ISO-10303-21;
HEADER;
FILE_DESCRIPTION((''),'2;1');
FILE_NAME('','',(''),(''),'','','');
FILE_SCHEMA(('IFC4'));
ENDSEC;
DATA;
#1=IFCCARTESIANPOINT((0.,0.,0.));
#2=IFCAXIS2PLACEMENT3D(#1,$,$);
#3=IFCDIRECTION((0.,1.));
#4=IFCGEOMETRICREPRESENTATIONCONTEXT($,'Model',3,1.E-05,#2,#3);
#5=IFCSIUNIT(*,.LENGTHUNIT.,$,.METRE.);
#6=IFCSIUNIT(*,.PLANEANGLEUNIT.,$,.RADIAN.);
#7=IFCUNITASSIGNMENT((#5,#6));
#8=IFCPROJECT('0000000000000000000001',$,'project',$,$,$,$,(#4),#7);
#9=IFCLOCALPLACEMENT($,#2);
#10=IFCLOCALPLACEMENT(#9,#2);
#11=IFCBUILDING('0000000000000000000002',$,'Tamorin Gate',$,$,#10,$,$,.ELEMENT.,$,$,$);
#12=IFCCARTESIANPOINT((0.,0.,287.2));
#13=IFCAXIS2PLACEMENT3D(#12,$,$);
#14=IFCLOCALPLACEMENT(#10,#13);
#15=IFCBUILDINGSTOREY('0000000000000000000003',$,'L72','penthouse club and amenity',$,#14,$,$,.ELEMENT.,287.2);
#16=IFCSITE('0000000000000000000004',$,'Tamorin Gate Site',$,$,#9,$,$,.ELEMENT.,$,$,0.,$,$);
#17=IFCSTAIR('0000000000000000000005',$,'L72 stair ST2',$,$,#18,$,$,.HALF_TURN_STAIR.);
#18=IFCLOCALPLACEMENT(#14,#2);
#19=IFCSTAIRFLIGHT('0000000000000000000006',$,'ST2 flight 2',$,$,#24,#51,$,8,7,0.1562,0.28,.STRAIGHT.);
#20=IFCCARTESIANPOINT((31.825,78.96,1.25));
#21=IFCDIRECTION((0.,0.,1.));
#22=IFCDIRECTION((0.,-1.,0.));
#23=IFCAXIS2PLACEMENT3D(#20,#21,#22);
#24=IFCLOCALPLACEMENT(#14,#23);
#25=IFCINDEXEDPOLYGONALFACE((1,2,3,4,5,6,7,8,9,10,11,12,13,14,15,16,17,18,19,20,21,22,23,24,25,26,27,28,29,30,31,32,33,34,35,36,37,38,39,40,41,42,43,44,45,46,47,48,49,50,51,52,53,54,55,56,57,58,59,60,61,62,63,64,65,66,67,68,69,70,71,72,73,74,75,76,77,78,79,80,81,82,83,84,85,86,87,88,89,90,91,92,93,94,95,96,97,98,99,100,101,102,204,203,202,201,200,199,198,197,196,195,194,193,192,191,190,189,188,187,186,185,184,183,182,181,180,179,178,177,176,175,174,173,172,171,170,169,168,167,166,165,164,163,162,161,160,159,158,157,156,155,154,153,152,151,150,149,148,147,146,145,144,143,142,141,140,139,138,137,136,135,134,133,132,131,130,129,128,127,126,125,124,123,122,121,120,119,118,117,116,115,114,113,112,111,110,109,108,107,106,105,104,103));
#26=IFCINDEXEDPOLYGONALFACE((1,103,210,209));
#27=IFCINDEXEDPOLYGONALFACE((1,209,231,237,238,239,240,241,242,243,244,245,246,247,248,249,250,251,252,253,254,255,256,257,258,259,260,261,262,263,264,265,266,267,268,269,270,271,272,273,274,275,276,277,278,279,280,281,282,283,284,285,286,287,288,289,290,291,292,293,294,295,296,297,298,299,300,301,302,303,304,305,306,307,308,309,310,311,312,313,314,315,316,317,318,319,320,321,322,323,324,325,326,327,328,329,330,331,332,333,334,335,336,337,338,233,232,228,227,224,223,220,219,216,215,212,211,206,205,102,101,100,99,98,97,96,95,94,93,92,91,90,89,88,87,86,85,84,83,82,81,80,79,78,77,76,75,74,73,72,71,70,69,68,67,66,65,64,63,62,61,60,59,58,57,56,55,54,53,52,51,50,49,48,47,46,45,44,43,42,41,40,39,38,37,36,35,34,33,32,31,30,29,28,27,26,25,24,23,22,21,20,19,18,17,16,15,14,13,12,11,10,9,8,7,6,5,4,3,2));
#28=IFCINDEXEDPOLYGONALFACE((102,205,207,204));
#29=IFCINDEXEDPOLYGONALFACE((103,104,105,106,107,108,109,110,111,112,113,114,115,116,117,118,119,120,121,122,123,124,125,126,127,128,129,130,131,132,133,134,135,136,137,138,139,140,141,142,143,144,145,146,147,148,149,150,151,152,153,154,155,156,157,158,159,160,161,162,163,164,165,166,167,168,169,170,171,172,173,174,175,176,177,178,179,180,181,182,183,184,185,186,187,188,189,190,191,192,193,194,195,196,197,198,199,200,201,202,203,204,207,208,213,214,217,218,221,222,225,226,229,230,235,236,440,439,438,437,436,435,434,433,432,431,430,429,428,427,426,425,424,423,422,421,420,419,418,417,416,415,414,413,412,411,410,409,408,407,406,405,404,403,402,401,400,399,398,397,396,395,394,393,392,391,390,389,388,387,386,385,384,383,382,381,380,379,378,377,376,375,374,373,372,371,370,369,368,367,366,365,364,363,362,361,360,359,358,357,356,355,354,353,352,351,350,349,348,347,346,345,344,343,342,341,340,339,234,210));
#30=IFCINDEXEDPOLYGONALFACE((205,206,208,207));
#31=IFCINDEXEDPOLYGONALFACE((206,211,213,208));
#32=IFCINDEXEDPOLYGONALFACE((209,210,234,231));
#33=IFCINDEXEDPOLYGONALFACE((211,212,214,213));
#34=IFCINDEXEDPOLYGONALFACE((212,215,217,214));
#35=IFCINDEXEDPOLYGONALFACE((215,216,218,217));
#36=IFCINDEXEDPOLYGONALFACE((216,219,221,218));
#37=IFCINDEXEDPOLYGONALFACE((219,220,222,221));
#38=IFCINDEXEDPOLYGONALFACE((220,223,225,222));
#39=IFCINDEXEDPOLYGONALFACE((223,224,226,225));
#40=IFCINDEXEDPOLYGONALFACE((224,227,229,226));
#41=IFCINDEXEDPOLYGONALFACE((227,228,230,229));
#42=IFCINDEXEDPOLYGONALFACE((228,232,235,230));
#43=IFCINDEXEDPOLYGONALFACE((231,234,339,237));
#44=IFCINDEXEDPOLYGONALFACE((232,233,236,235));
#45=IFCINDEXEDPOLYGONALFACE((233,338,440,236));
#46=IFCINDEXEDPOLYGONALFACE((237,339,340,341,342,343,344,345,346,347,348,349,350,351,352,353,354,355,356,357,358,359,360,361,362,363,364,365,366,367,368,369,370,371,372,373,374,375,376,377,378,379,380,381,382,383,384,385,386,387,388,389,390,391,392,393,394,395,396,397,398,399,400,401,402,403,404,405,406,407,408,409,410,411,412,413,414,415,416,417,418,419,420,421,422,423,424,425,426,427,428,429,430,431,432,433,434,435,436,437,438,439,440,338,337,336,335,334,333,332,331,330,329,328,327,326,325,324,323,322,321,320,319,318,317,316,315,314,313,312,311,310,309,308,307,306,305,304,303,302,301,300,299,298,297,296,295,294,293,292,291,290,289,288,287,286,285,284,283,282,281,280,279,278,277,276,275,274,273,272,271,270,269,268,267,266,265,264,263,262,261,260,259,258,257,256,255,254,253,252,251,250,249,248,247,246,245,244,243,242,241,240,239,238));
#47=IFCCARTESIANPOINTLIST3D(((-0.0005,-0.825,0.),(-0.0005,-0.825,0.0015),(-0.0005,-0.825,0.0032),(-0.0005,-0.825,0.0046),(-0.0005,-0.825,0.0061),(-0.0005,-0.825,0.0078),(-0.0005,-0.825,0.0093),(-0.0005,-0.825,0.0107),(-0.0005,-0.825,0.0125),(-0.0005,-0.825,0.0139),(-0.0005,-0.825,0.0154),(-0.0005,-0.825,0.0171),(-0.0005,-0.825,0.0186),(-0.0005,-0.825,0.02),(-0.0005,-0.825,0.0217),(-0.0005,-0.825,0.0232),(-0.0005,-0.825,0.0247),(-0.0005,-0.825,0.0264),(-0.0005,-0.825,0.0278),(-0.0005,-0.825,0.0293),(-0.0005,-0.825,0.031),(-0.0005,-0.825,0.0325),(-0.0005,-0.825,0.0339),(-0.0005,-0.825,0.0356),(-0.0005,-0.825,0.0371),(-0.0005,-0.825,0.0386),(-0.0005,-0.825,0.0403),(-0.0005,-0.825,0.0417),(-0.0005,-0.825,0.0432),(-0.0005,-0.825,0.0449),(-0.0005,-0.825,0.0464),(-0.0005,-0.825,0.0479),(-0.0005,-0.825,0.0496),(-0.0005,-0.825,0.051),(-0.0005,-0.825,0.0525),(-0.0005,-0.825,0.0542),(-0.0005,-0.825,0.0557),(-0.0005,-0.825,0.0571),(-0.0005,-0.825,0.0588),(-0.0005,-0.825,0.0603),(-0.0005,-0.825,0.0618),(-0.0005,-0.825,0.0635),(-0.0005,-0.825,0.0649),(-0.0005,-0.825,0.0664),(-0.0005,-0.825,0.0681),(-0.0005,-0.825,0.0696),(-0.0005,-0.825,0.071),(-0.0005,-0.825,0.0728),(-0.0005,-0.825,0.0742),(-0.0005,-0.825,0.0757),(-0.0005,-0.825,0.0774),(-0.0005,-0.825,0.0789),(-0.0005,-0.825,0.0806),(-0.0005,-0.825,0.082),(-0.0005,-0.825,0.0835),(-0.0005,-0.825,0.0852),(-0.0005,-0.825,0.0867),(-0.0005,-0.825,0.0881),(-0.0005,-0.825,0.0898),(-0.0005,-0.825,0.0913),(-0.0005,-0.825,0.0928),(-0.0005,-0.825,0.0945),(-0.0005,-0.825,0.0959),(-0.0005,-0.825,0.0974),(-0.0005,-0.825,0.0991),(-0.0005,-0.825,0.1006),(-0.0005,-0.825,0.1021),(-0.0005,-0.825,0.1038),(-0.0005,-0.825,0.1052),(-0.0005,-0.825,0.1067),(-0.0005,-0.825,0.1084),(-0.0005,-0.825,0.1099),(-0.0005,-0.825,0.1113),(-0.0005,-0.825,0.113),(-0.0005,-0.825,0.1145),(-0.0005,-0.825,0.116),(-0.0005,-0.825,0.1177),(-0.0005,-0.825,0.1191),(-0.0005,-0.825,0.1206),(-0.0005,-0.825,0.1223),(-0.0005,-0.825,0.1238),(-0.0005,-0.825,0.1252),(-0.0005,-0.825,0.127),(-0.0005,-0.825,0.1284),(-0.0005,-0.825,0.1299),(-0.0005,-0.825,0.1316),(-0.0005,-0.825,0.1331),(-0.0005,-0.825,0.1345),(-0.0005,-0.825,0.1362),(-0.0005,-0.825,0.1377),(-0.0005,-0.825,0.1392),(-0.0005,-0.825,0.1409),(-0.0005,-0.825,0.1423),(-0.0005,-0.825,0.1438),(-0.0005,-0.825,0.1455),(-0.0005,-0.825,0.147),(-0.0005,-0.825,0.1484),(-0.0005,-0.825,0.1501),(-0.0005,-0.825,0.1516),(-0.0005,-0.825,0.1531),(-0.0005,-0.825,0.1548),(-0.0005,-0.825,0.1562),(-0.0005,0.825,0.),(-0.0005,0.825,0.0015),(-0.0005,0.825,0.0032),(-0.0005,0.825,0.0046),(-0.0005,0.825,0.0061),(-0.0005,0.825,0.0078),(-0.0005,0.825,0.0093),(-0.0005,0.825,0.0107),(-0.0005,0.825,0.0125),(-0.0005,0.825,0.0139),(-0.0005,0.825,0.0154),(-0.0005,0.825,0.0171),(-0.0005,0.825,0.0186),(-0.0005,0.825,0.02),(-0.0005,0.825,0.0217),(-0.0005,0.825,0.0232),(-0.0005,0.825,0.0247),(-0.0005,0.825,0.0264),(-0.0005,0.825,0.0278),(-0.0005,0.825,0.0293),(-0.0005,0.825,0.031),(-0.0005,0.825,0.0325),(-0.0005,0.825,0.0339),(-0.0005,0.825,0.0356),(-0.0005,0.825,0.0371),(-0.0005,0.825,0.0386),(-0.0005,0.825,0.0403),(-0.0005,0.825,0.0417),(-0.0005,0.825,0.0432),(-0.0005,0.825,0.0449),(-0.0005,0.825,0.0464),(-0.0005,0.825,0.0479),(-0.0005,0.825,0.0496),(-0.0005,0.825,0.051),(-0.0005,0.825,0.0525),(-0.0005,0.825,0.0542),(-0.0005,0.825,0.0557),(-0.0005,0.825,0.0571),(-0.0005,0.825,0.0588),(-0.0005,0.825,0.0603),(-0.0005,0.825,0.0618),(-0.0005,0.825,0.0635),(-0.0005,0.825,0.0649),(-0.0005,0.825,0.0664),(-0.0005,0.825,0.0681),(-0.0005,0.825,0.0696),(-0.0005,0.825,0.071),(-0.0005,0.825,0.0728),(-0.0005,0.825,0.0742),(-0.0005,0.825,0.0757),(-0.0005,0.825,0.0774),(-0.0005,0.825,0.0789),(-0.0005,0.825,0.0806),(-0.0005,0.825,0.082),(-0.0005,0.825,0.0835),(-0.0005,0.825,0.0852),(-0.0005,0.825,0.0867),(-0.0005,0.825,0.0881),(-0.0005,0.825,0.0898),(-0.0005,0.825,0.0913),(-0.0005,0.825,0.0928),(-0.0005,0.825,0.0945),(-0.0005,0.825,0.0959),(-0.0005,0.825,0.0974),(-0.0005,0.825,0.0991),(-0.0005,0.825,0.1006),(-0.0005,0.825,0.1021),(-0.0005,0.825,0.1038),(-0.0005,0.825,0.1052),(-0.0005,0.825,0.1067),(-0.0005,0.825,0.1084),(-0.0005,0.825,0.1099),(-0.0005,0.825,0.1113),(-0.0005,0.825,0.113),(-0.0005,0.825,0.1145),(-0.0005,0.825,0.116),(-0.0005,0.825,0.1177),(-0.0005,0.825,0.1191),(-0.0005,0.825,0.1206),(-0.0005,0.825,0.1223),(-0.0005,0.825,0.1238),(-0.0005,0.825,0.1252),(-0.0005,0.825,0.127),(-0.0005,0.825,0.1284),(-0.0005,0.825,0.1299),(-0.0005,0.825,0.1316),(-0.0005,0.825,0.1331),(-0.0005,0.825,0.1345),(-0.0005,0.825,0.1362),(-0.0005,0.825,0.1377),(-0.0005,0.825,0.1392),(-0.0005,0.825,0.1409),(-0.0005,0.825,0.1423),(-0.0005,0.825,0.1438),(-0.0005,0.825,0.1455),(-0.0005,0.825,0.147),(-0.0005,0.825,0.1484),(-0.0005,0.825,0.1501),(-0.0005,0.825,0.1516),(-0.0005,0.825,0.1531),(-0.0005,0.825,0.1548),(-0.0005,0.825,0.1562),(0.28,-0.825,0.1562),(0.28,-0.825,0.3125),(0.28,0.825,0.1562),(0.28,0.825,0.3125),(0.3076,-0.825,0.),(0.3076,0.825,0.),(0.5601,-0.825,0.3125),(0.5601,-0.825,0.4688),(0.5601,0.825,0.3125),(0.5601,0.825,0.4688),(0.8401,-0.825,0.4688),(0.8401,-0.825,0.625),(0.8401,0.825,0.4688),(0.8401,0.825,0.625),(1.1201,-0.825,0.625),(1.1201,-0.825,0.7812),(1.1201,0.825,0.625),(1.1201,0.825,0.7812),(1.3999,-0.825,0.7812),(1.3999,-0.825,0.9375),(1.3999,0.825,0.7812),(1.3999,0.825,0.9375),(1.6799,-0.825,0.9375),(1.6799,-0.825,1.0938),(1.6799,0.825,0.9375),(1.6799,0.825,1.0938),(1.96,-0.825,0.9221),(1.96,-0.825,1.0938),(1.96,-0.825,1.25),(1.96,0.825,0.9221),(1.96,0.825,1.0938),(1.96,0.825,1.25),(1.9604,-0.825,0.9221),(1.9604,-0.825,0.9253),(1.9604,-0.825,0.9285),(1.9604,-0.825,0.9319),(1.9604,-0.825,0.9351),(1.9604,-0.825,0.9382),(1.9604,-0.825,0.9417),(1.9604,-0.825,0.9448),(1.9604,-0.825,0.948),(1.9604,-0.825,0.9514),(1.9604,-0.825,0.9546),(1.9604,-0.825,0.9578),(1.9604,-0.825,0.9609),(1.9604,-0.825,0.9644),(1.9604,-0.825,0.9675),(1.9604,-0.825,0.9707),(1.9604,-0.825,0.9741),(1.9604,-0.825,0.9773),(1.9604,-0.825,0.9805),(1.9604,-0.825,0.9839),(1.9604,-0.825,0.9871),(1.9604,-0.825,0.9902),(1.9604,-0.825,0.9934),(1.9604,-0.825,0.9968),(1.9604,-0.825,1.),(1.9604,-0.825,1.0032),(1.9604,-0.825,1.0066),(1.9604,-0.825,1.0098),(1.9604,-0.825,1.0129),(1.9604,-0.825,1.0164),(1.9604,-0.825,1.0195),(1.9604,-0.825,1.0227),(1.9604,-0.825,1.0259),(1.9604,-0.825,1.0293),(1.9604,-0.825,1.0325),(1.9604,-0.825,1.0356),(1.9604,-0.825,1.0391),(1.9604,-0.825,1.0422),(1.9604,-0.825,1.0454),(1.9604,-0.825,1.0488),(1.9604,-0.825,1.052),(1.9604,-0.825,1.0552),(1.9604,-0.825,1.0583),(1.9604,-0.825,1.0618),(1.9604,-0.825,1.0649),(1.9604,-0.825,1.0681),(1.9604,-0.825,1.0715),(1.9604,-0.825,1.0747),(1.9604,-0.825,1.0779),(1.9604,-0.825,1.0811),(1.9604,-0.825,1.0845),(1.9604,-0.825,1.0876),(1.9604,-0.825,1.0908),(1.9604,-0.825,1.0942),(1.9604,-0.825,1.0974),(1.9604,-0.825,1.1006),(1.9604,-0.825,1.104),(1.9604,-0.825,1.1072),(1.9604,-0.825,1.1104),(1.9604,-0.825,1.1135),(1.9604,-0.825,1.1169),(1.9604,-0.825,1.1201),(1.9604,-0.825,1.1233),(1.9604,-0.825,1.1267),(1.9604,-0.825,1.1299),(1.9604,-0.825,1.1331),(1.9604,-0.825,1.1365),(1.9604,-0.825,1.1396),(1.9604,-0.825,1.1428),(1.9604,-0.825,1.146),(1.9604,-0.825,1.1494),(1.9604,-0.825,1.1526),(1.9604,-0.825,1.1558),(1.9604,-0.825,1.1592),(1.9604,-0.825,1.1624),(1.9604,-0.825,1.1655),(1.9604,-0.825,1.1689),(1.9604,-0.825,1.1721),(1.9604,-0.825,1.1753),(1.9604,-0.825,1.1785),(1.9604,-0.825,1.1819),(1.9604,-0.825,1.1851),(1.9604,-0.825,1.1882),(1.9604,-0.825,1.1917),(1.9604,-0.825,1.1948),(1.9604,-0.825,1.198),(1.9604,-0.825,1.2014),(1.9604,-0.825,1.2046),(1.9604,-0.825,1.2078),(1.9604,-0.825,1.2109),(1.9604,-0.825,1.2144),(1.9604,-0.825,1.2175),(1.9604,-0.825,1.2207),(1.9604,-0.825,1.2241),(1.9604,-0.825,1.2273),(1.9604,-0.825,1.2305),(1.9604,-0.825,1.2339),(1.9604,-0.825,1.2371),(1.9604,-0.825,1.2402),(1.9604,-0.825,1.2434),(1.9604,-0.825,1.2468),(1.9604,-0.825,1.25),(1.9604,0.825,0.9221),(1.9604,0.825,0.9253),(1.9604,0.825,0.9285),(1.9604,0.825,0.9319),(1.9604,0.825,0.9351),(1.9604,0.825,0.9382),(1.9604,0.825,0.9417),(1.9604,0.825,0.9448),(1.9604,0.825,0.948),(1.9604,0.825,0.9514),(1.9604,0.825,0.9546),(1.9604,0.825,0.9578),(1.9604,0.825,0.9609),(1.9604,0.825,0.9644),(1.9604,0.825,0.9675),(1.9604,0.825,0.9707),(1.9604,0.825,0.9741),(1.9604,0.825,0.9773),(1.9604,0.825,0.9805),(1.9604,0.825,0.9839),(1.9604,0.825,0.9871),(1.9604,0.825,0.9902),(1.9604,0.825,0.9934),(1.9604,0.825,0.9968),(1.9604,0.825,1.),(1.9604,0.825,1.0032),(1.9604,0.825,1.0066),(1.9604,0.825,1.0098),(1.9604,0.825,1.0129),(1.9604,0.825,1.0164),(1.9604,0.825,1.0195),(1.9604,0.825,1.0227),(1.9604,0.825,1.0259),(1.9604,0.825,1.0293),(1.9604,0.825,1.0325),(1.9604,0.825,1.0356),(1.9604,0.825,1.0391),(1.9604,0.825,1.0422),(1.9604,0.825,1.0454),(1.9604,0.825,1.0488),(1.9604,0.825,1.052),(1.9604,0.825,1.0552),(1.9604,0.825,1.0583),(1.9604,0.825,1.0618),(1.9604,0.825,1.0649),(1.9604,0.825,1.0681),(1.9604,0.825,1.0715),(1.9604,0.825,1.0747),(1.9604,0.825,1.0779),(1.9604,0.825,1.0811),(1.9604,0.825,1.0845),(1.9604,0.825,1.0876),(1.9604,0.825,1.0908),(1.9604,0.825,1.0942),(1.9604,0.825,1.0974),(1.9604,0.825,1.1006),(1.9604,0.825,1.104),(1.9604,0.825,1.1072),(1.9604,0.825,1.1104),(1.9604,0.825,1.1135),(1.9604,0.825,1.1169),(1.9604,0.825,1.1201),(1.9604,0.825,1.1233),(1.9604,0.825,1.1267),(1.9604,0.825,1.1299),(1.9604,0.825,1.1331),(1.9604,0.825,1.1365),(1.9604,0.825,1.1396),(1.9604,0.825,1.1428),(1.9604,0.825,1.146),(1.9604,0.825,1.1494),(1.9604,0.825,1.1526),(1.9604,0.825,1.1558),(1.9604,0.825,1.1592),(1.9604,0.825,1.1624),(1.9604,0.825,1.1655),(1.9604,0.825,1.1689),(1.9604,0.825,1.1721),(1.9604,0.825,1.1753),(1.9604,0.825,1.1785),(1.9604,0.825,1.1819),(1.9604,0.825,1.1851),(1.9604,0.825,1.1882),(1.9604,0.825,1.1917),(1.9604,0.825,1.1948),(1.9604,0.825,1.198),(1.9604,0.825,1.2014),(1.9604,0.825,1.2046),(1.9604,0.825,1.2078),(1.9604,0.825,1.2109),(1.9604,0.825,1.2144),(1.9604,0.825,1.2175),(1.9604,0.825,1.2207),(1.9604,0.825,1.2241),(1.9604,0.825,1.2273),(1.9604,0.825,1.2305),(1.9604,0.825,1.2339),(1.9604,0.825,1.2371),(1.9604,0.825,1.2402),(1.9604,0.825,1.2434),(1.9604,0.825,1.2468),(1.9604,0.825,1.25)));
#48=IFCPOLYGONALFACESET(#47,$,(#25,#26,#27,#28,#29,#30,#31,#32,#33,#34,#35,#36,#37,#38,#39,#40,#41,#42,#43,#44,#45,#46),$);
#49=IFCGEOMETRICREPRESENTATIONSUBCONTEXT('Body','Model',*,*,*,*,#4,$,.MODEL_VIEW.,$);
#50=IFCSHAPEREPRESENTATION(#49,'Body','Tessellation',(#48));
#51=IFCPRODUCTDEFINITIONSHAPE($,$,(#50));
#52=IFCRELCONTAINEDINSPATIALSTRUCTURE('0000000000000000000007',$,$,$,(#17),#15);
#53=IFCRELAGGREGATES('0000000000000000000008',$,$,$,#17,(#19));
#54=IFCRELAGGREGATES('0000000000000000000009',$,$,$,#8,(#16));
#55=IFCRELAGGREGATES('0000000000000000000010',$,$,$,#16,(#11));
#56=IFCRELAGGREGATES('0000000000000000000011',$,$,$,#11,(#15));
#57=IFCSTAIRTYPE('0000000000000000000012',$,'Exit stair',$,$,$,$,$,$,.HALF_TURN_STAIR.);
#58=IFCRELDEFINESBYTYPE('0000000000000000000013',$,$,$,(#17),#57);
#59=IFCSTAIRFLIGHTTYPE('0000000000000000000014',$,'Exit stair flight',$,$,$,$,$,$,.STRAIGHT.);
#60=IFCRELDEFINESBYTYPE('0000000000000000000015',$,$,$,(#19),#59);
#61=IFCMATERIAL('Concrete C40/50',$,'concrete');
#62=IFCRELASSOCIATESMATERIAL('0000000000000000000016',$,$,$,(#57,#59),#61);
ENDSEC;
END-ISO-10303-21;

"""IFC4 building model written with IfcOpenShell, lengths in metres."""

from ifc_helpers import new_model, si_unit, direction, frame, origin, place, context, subcontext, project, spatial, polyline, outline, extrude, material, type_object, element, aggregate, save


model = new_model("IFC4")

# Units and contexts
model_context = context("Model", 3, precision=1e-05, world=origin(), true_north=direction((0.0, 1.0)))
body_context = subcontext(model_context, "Body", "Model", "MODEL_VIEW")
ifc_project = project(units=[si_unit("LENGTHUNIT", "METRE"), si_unit("PLANEANGLEUNIT", "RADIAN")], contexts=[model_context])

# Site, building, storey
site_placement = place(None, origin())
site = spatial("IfcSite", under=ifc_project, at=site_placement, Name="Tamorin Gate Site", CompositionType="ELEMENT", RefElevation=0.0)
building_placement = place(site_placement, origin())
building = spatial("IfcBuilding", under=site, at=building_placement, Name="Tamorin Gate", CompositionType="ELEMENT")
storey_placement = place(building_placement, frame((0.0, 0.0, 287.2)))
storey = spatial("IfcBuildingStorey", under=building, at=storey_placement, Name="L72", Description="penthouse club and amenity", CompositionType="ELEMENT", Elevation=287.2)

# Shared definitions
ifc_material_1 = material(Name="Concrete C40/50", Category="concrete")

# Stair, stair flight
stair_type = type_object("IfcStairType", Name="Exit stair", PredefinedType="HALF_TURN_STAIR", material=ifc_material_1)
stair_placement = place(storey_placement, origin())
stair = element("IfcStair", 1, at=stair_placement, inside=storey, type_object=stair_type, Name="L72 stair ST2", PredefinedType="HALF_TURN_STAIR")
stair_flight_type = type_object("IfcStairFlightType", Name="Exit stair flight", PredefinedType="STRAIGHT", material=ifc_material_1)
stair_flight_1_placement = place(storey_placement, frame((31.825, 78.96, 1.25), z_axis=(0.0, 0.0, 1.0), x_axis=(0.0, -1.0, 0.0)))
stair_flight_1 = element("IfcStairFlight", 2, at=stair_flight_1_placement, type_object=stair_flight_type, Name="ST2 flight 2", NumberOfRisers=8, NumberOfTreads=7, PredefinedType="STRAIGHT", RiserHeight=0.1562, TreadLength=0.28, context=body_context, shape_type="SweptSolid", body=[
    extrude(outline(polyline([(-0.0005, 0.0), (-0.0005, 0.0015), (-0.0005, 0.0032), (-0.0005, 0.0046), (-0.0005, 0.0061), (-0.0005, 0.0078), (-0.0005, 0.0093), (-0.0005, 0.0107), (-0.0005, 0.0125), (-0.0005, 0.0139), (-0.0005, 0.0154), (-0.0005, 0.0171), (-0.0005, 0.0186), (-0.0005, 0.02), (-0.0005, 0.0217), (-0.0005, 0.0232), (-0.0005, 0.0247), (-0.0005, 0.0264), (-0.0005, 0.0278), (-0.0005, 0.0293), (-0.0005, 0.031), (-0.0005, 0.0325), (-0.0005, 0.0339), (-0.0005, 0.0356), (-0.0005, 0.0371), (-0.0005, 0.0386), (-0.0005, 0.0403), (-0.0005, 0.0417), (-0.0005, 0.0432), (-0.0005, 0.0449), (-0.0005, 0.0464), (-0.0005, 0.0479), (-0.0005, 0.0496), (-0.0005, 0.051), (-0.0005, 0.0525), (-0.0005, 0.0542), (-0.0005, 0.0557), (-0.0005, 0.0571), (-0.0005, 0.0588), (-0.0005, 0.0603), (-0.0005, 0.0618), (-0.0005, 0.0635), (-0.0005, 0.0649), (-0.0005, 0.0664), (-0.0005, 0.0681), (-0.0005, 0.0696), (-0.0005, 0.071), (-0.0005, 0.0728), (-0.0005, 0.0742), (-0.0005, 0.0757), (-0.0005, 0.0774), (-0.0005, 0.0789), (-0.0005, 0.0806), (-0.0005, 0.082), (-0.0005, 0.0835), (-0.0005, 0.0852), (-0.0005, 0.0867), (-0.0005, 0.0881), (-0.0005, 0.0898), (-0.0005, 0.0913), (-0.0005, 0.0928), (-0.0005, 0.0945), (-0.0005, 0.0959), (-0.0005, 0.0974), (-0.0005, 0.0991), (-0.0005, 0.1006), (-0.0005, 0.1021), (-0.0005, 0.1038), (-0.0005, 0.1052), (-0.0005, 0.1067), (-0.0005, 0.1084), (-0.0005, 0.1099), (-0.0005, 0.1113), (-0.0005, 0.113), (-0.0005, 0.1145), (-0.0005, 0.116), (-0.0005, 0.1177), (-0.0005, 0.1191), (-0.0005, 0.1206), (-0.0005, 0.1223), (-0.0005, 0.1238), (-0.0005, 0.1252), (-0.0005, 0.127), (-0.0005, 0.1284), (-0.0005, 0.1299), (-0.0005, 0.1316), (-0.0005, 0.1331), (-0.0005, 0.1345), (-0.0005, 0.1362), (-0.0005, 0.1377), (-0.0005, 0.1392), (-0.0005, 0.1409), (-0.0005, 0.1423), (-0.0005, 0.1438), (-0.0005, 0.1455), (-0.0005, 0.147), (-0.0005, 0.1484), (-0.0005, 0.1501), (-0.0005, 0.1516), (-0.0005, 0.1531), (-0.0005, 0.1548), (-0.0005, 0.1562), (0.28, 0.1562), (0.28, 0.3125), (0.5601, 0.3125), (0.5601, 0.4688), (0.8401, 0.4688), (0.8401, 0.625), (1.1201, 0.625), (1.1201, 0.7812), (1.3999, 0.7812), (1.3999, 0.9375), (1.6799, 0.9375), (1.6799, 1.0938), (1.96, 1.0938), (1.96, 1.25), (1.9604, 1.25), (1.9604, 1.2468), (1.9604, 1.2434), (1.9604, 1.2402), (1.9604, 1.2371), (1.9604, 1.2339), (1.9604, 1.2305), (1.9604, 1.2273), (1.9604, 1.2241), (1.9604, 1.2207), (1.9604, 1.2175), (1.9604, 1.2144), (1.9604, 1.2109), (1.9604, 1.2078), (1.9604, 1.2046), (1.9604, 1.2014), (1.9604, 1.198), (1.9604, 1.1948), (1.9604, 1.1917), (1.9604, 1.1882), (1.9604, 1.1851), (1.9604, 1.1819), (1.9604, 1.1785), (1.9604, 1.1753), (1.9604, 1.1721), (1.9604, 1.1689), (1.9604, 1.1655), (1.9604, 1.1624), (1.9604, 1.1592), (1.9604, 1.1558), (1.9604, 1.1526), (1.9604, 1.1494), (1.9604, 1.146), (1.9604, 1.1428), (1.9604, 1.1396), (1.9604, 1.1365), (1.9604, 1.1331), (1.9604, 1.1299), (1.9604, 1.1267), (1.9604, 1.1233), (1.9604, 1.1201), (1.9604, 1.1169), (1.9604, 1.1135), (1.9604, 1.1104), (1.9604, 1.1072), (1.9604, 1.104), (1.9604, 1.1006), (1.9604, 1.0974), (1.9604, 1.0942), (1.9604, 1.0908), (1.9604, 1.0876), (1.9604, 1.0845), (1.9604, 1.0811), (1.9604, 1.0779), (1.9604, 1.0747), (1.9604, 1.0715), (1.9604, 1.0681), (1.9604, 1.0649), (1.9604, 1.0618), (1.9604, 1.0583), (1.9604, 1.0552), (1.9604, 1.052), (1.9604, 1.0488), (1.9604, 1.0454), (1.9604, 1.0422), (1.9604, 1.0391), (1.9604, 1.0356), (1.9604, 1.0325), (1.9604, 1.0293), (1.9604, 1.0259), (1.9604, 1.0227), (1.9604, 1.0195), (1.9604, 1.0164), (1.9604, 1.0129), (1.9604, 1.0098), (1.9604, 1.0066), (1.9604, 1.0032), (1.9604, 1.0), (1.9604, 0.9968), (1.9604, 0.9934), (1.9604, 0.9902), (1.9604, 0.9871), (1.9604, 0.9839), (1.9604, 0.9805), (1.9604, 0.9773), (1.9604, 0.9741), (1.9604, 0.9707), (1.9604, 0.9675), (1.9604, 0.9644), (1.9604, 0.9609), (1.9604, 0.9578), (1.9604, 0.9546), (1.9604, 0.9514), (1.9604, 0.948), (1.9604, 0.9448), (1.9604, 0.9417), (1.9604, 0.9382), (1.9604, 0.9351), (1.9604, 0.9319), (1.9604, 0.9285), (1.9604, 0.9253), (1.9604, 0.9221), (1.96, 0.9221), (0.3076, 0.0), (-0.0005, 0.0)])), frame((0.0, 0.825, 0.0), z_axis=(0.0, -1.0, 0.0), x_axis=(1.0, 0.0, 0.0)), (0.0, 0.0, 1.0), 1.6499),
])
aggregate(stair, [stair_flight_1])

save(model, "model.ifc")
